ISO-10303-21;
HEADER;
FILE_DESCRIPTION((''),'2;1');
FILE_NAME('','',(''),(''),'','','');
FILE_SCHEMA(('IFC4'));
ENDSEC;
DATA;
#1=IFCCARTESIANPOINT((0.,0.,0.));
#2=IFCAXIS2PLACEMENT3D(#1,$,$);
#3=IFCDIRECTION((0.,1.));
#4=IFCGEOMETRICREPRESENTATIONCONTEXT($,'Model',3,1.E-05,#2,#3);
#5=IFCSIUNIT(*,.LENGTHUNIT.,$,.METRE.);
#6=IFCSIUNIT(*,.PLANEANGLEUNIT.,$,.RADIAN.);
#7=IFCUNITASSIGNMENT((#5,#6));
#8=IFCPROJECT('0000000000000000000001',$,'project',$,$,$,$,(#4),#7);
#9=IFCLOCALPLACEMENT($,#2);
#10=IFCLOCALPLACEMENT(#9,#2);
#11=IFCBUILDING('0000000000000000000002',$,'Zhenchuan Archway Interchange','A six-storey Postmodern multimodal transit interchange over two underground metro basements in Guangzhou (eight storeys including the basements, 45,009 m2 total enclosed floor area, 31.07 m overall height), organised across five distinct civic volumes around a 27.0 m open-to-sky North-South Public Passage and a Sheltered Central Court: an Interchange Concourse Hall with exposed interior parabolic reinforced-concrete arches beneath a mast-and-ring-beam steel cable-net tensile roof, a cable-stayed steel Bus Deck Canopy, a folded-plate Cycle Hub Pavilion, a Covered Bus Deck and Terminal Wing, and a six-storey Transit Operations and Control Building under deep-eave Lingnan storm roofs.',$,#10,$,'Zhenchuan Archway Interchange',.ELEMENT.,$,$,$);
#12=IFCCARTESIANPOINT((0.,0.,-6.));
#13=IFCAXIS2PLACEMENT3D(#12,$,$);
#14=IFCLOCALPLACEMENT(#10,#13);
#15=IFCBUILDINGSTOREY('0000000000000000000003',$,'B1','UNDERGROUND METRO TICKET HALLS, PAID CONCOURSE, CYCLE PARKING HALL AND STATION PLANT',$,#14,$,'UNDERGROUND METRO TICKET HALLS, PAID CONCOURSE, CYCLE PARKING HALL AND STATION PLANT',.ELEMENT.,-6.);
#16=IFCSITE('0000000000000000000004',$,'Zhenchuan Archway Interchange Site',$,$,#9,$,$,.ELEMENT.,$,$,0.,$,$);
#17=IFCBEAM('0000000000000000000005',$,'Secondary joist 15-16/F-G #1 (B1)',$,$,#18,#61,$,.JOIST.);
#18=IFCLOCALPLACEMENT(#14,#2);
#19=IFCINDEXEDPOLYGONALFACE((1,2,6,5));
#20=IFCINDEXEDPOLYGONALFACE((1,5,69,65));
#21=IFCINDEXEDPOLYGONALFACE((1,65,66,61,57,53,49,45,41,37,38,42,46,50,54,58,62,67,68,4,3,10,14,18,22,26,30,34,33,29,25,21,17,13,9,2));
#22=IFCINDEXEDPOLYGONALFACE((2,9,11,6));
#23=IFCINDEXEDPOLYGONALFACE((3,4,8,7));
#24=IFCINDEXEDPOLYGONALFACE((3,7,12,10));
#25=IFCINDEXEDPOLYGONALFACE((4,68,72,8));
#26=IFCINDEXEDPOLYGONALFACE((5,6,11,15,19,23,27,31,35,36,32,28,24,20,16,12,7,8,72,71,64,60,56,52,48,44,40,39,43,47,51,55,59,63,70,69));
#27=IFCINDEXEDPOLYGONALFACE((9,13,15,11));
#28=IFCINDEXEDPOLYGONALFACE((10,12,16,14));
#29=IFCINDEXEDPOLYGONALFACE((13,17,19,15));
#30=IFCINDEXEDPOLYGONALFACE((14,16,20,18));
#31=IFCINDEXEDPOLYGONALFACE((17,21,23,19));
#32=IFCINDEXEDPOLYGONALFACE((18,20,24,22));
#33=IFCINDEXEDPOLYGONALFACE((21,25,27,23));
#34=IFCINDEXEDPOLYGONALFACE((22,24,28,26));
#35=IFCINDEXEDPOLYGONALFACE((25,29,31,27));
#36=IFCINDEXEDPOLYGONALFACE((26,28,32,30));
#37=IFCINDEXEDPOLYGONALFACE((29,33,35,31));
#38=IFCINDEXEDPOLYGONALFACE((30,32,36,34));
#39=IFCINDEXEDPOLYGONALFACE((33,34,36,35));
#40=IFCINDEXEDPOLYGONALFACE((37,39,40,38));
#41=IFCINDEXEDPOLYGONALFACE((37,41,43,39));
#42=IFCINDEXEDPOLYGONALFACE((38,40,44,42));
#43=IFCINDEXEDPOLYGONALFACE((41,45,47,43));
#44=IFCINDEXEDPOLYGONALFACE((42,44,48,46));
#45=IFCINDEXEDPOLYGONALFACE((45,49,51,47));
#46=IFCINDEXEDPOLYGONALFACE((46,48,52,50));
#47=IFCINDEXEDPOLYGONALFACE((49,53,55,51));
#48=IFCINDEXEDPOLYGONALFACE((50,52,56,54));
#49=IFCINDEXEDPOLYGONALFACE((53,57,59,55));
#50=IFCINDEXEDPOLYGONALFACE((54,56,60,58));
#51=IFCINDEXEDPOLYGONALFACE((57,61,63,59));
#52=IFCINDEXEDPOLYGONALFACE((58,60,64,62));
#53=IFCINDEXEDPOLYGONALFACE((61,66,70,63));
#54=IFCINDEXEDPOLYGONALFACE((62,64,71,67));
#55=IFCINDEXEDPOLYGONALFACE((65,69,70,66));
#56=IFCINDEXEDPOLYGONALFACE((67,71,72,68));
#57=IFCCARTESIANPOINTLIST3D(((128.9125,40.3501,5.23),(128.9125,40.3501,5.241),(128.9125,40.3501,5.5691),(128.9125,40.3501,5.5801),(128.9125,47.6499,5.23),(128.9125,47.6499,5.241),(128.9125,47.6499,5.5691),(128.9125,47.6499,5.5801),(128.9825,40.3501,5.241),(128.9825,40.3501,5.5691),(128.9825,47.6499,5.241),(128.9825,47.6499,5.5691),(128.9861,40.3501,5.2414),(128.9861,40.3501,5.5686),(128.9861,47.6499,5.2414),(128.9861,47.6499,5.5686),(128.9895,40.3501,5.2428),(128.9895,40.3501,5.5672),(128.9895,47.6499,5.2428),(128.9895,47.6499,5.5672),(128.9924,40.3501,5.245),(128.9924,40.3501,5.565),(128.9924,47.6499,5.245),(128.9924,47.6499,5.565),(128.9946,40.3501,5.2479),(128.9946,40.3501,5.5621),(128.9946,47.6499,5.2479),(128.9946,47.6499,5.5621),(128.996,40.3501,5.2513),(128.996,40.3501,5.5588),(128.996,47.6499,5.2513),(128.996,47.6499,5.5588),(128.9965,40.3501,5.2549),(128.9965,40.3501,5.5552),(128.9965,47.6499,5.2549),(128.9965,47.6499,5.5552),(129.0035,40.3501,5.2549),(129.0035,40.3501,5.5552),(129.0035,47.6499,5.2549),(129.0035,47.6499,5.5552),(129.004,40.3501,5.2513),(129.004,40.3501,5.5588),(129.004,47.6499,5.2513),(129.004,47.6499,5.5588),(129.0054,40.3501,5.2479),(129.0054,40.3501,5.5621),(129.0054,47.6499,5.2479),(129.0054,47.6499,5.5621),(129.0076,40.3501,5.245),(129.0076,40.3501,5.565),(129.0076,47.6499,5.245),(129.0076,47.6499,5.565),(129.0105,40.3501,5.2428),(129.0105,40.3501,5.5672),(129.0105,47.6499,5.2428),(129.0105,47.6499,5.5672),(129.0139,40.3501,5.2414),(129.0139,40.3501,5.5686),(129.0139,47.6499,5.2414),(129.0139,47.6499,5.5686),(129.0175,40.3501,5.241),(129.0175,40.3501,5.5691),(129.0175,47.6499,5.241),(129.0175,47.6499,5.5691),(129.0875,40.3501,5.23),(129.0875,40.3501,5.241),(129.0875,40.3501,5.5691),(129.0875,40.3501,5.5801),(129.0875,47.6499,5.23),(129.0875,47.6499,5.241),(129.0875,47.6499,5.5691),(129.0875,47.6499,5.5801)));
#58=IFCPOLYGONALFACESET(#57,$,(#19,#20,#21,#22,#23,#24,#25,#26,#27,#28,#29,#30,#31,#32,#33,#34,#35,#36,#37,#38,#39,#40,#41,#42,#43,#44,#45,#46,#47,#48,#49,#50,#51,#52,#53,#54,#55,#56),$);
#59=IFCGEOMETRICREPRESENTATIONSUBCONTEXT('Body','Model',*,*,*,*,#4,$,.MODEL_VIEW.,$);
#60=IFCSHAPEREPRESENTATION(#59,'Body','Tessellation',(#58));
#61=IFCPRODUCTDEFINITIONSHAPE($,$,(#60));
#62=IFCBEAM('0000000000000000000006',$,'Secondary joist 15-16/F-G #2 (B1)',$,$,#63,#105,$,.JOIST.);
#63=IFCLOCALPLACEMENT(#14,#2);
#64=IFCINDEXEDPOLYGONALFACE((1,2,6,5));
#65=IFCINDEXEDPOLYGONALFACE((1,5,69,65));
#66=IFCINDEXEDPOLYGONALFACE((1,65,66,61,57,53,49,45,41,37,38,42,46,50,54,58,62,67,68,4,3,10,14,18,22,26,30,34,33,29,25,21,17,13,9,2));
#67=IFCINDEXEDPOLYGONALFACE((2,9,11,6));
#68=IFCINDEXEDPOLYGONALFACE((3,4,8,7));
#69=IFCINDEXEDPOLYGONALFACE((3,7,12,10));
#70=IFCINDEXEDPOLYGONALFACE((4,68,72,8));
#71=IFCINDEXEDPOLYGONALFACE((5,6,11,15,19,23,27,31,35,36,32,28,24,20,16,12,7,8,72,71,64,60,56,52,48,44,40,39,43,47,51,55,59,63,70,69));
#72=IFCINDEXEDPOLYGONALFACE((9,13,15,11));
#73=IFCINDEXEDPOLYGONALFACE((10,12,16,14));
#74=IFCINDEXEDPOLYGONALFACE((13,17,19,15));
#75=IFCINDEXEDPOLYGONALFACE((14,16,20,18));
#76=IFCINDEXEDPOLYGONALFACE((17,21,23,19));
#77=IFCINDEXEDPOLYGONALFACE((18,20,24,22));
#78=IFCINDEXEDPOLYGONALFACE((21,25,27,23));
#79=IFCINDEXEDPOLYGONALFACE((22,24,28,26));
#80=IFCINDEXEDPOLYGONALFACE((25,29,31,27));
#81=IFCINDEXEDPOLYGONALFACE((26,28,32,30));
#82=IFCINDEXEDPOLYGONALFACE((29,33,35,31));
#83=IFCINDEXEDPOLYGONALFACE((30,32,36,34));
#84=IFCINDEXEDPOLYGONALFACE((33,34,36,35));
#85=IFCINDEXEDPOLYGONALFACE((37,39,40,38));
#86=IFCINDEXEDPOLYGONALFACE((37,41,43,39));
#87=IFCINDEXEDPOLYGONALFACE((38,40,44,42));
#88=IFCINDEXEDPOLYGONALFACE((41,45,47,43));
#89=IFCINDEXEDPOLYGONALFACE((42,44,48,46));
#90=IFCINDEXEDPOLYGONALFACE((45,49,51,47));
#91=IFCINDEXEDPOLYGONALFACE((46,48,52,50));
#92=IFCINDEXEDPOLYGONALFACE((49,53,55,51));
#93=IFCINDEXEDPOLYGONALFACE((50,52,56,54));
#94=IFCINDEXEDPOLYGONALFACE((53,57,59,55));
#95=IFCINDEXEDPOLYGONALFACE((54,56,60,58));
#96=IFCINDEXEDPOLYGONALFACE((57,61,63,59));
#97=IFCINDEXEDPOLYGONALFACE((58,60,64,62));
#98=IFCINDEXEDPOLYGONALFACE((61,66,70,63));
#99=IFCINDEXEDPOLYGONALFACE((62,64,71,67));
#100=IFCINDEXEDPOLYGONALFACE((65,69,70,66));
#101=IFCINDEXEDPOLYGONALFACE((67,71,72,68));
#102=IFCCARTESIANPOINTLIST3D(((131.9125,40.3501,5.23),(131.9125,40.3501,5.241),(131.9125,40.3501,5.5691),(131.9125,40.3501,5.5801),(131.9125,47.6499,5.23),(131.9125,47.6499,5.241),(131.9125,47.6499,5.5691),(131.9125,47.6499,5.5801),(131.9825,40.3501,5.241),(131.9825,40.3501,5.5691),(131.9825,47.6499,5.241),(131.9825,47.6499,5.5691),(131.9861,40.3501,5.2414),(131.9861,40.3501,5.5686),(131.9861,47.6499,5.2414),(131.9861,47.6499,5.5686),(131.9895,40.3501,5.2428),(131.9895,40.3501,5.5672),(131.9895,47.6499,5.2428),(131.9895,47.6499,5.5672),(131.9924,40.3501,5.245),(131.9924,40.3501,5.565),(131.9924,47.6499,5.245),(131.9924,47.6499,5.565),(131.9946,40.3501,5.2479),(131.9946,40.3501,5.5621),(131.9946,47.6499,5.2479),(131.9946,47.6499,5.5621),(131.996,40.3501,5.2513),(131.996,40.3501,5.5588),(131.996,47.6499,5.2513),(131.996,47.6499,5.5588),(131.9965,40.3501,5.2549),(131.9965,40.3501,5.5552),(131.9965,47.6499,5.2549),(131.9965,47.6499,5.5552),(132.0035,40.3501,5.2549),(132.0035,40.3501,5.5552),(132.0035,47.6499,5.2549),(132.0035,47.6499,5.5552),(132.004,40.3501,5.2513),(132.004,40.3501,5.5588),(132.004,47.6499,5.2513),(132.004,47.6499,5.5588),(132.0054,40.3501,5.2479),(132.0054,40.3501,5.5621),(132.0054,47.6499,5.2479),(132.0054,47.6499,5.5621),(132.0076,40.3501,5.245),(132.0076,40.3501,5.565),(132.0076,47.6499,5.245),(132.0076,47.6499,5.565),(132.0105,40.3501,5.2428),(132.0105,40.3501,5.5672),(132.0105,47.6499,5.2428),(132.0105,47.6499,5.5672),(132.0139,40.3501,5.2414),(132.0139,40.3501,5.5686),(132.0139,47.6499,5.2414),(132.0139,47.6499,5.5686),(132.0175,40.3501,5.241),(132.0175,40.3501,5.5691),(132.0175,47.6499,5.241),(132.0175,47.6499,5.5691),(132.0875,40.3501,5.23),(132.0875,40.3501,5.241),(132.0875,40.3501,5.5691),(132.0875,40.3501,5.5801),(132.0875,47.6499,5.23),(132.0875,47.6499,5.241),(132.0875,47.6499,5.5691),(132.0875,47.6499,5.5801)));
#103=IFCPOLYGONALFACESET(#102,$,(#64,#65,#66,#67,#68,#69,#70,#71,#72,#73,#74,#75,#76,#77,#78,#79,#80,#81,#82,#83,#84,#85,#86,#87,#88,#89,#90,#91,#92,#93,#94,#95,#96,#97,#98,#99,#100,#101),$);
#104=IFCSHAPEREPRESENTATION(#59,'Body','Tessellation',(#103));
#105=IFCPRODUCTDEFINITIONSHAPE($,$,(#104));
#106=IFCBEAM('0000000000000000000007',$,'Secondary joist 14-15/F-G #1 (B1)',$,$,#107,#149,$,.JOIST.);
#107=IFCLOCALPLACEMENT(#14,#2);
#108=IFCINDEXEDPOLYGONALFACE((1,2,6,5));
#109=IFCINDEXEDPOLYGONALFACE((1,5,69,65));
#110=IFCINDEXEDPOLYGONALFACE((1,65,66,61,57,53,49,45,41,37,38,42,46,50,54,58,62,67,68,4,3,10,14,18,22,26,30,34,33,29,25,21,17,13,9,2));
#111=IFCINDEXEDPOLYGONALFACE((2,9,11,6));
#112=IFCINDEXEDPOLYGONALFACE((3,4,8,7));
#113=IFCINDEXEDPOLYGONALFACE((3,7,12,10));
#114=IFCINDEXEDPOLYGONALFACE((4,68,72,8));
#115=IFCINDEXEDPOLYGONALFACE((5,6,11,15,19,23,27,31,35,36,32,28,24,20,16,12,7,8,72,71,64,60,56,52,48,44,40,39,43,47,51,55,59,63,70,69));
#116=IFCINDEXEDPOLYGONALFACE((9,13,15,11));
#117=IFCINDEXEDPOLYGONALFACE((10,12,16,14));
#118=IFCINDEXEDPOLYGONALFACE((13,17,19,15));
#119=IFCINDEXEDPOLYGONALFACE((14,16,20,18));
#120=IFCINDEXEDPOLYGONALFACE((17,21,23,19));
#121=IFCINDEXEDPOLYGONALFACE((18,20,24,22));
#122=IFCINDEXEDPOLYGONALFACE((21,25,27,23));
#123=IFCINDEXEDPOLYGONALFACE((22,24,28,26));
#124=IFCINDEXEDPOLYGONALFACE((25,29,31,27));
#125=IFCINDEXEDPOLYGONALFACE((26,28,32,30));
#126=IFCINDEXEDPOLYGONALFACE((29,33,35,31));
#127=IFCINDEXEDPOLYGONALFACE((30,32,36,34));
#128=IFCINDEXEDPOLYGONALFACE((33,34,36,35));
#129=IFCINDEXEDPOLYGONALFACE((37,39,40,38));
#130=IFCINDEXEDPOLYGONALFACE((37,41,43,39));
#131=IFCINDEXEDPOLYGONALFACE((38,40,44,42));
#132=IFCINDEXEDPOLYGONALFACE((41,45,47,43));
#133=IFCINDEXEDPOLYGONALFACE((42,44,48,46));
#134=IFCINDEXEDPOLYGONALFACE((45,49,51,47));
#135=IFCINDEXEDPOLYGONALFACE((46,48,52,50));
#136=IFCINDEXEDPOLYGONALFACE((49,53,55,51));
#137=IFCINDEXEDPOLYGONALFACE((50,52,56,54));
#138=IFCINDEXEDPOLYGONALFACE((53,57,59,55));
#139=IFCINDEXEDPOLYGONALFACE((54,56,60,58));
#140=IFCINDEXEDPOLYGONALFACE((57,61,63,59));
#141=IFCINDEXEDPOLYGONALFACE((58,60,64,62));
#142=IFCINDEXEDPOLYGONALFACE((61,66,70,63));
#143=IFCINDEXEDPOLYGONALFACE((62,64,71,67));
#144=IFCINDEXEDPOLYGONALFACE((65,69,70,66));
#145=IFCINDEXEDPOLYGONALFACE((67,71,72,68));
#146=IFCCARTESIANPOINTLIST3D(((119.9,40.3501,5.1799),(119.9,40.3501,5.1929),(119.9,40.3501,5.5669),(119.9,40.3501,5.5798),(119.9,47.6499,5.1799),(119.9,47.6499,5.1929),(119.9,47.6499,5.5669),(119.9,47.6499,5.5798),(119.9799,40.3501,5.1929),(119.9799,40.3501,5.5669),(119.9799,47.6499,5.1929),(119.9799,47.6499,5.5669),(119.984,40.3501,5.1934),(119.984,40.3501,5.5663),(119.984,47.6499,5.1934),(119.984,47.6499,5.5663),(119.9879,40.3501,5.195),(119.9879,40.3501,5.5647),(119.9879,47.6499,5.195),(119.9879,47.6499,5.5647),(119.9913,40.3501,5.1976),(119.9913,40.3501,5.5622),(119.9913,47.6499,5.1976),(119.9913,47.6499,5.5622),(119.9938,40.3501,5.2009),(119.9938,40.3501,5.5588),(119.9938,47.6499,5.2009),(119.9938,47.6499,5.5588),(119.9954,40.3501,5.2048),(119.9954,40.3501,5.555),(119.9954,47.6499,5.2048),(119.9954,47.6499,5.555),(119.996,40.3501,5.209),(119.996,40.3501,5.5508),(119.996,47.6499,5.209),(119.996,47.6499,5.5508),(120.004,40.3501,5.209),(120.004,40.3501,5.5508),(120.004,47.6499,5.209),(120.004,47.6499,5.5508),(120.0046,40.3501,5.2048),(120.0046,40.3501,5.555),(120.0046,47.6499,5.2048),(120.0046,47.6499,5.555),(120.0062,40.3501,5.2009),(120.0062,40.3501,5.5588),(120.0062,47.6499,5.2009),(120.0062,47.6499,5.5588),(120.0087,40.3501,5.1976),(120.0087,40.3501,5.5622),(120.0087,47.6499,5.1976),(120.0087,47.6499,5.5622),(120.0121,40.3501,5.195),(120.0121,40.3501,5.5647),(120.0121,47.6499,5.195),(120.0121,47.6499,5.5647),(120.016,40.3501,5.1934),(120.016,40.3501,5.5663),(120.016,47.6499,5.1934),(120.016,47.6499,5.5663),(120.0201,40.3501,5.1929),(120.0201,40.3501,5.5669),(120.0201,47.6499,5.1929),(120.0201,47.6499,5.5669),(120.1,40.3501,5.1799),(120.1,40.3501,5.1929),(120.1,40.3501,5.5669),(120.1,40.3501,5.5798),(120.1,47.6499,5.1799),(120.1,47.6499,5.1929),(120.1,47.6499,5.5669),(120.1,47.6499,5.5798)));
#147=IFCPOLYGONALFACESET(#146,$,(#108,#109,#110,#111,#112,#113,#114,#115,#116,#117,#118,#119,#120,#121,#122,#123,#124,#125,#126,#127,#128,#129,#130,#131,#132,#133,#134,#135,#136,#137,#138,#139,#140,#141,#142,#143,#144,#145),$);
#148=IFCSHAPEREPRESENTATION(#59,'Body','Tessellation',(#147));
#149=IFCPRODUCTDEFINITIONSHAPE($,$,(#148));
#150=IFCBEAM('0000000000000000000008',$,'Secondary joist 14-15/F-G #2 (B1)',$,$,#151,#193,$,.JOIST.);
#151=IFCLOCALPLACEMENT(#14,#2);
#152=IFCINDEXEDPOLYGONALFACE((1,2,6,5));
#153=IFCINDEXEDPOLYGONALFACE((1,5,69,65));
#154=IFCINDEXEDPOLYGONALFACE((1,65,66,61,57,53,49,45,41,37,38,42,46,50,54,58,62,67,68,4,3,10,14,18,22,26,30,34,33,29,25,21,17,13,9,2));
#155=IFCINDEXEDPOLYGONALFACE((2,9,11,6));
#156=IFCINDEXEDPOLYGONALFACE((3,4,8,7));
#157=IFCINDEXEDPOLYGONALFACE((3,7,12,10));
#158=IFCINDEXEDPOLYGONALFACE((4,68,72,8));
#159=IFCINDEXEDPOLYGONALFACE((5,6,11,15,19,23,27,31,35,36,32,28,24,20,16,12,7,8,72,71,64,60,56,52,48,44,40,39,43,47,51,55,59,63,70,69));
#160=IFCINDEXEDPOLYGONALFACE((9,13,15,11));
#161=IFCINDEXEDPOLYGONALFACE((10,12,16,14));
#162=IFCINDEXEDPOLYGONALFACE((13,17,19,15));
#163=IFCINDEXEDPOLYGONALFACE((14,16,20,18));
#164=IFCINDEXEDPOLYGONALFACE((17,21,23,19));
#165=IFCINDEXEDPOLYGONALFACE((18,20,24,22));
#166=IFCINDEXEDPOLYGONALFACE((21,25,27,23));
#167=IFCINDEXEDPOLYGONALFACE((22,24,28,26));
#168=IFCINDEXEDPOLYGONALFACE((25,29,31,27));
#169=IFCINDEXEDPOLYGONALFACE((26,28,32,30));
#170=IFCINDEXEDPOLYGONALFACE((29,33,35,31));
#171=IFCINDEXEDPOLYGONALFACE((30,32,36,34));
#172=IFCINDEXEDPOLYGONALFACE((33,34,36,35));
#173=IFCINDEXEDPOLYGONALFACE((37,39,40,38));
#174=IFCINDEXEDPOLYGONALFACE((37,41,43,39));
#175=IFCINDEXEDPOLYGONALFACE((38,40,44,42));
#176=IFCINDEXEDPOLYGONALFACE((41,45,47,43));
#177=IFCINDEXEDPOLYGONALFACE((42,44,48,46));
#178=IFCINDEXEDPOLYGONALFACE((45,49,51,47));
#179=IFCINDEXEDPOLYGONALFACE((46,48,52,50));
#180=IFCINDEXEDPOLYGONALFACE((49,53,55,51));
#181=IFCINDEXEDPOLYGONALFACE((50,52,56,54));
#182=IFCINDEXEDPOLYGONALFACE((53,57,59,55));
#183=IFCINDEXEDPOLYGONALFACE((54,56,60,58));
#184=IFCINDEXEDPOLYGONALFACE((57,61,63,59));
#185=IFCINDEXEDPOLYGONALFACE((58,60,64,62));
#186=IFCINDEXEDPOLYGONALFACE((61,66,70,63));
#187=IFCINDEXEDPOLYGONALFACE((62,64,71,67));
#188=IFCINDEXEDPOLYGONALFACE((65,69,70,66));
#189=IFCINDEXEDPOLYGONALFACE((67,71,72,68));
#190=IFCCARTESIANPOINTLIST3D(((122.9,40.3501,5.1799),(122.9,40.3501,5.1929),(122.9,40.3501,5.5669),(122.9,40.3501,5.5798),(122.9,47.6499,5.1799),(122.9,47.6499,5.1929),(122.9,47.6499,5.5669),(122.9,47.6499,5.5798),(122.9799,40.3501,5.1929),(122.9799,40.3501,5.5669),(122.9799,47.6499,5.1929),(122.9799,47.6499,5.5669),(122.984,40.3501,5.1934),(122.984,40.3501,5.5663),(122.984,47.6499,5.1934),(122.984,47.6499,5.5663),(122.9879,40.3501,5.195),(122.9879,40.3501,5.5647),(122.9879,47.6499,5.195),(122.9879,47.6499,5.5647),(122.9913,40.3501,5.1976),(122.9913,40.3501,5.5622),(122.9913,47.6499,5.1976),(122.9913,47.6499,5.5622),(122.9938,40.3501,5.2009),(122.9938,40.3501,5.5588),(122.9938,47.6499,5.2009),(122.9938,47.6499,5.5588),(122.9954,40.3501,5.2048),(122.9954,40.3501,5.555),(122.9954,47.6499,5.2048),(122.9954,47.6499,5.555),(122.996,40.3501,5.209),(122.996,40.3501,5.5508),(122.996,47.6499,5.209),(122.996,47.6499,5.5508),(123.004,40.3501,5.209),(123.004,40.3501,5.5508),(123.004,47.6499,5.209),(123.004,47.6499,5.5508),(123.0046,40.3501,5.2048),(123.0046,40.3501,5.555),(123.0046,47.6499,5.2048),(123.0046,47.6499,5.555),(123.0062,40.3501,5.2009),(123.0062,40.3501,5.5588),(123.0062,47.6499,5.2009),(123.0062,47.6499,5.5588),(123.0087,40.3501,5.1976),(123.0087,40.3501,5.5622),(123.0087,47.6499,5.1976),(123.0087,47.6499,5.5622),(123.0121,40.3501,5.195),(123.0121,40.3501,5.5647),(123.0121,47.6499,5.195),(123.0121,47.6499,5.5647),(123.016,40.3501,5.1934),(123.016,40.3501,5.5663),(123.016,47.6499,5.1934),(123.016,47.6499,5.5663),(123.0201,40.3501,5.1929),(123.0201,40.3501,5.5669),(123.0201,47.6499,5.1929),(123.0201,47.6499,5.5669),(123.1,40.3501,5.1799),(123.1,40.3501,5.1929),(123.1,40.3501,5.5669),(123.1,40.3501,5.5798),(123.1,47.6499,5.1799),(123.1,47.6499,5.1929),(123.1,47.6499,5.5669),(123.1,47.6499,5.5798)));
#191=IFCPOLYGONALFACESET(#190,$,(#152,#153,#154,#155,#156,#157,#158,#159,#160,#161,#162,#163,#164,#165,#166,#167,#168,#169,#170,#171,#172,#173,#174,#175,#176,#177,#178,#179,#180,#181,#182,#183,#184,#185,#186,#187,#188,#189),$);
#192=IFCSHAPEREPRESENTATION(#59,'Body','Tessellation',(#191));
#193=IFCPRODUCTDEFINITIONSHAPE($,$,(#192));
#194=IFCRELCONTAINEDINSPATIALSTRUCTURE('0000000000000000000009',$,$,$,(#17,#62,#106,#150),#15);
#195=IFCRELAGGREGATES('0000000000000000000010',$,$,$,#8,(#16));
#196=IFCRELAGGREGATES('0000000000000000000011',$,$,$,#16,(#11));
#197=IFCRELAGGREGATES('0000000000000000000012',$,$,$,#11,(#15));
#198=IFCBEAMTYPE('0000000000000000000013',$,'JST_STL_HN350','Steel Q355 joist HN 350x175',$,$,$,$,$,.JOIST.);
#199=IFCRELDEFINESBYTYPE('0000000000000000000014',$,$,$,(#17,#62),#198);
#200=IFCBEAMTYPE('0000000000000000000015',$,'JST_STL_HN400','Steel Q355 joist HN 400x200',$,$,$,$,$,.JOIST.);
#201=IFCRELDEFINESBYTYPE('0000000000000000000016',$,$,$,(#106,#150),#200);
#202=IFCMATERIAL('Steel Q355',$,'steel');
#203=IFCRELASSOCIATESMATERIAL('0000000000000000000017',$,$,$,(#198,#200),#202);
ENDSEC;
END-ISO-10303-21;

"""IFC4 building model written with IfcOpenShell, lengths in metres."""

from ifc_helpers import new_model, si_unit, direction, frame, origin, origin_2d, place, context, subcontext, project, spatial, i_section, extrude, material, material_profile, profile_set, type_object, element, save


model = new_model("IFC4")

# Units and contexts
model_context = context("Model", 3, precision=1e-05, world=origin(), true_north=direction((0.0, 1.0)))
body_context = subcontext(model_context, "Body", "Model", "MODEL_VIEW")
ifc_project = project(units=[si_unit("LENGTHUNIT", "METRE"), si_unit("PLANEANGLEUNIT", "RADIAN")], contexts=[model_context])

# Site, building, storey
site_placement = place(None, origin())
site = spatial("IfcSite", under=ifc_project, at=site_placement, Name="Zhenchuan Archway Interchange Site", CompositionType="ELEMENT", RefElevation=0.0)
building_placement = place(site_placement, origin())
building = spatial("IfcBuilding", under=site, at=building_placement, Name="Zhenchuan Archway Interchange", Description="A six-storey Postmodern multimodal transit interchange over two underground metro basements in Guangzhou (eight storeys including the basements, 45,009 m2 total enclosed floor area, 31.07 m overall height), organised across five distinct civic volumes around a 27.0 m open-to-sky North-South Public Passage and a Sheltered Central Court: an Interchange Concourse Hall with exposed interior parabolic reinforced-concrete arches beneath a mast-and-ring-beam steel cable-net tensile roof, a cable-stayed steel Bus Deck Canopy, a folded-plate Cycle Hub Pavilion, a Covered Bus Deck and Terminal Wing, and a six-storey Transit Operations and Control Building under deep-eave Lingnan storm roofs.", LongName="Zhenchuan Archway Interchange", CompositionType="ELEMENT")
storey_placement = place(building_placement, frame((0.0, 0.0, -6.0)))
storey = spatial("IfcBuildingStorey", under=building, at=storey_placement, Name="B1", Description="UNDERGROUND METRO TICKET HALLS, PAID CONCOURSE, CYCLE PARKING HALL AND STATION PLANT", LongName="UNDERGROUND METRO TICKET HALLS, PAID CONCOURSE, CYCLE PARKING HALL AND STATION PLANT", CompositionType="ELEMENT", Elevation=-6.0)

# Beams
ifc_material_1 = material(Name="Steel Q355", Category="steel")
ifc_material_profile_1 = material_profile(ifc_material_1, i_section(OverallWidth=0.175, OverallDepth=0.3501, WebThickness=0.0071, FlangeThickness=0.011, FilletRadius=0.0139, at=origin_2d()), Name="HN 350x175")
ifc_profile_set_1 = profile_set([ifc_material_profile_1], Name="Steel Q355")
beam_type_1 = type_object("IfcBeamType", Name="JST_STL_HN350", Description="Steel Q355 joist HN 350x175", PredefinedType="JOIST", material=ifc_profile_set_1)
for number, where, z_axis, x_axis, name in (
    (1, (129.0, 40.3501, 5.405), (0.0, 1.0, 0.0), (-1.0, 0.0, 0.0), "Secondary joist 15-16/F-G #1 (B1)"),
    (2, (132.0, 40.3501, 5.405), (0.0, 1.0, 0.0), (-1.0, 0.0, 0.0), "Secondary joist 15-16/F-G #2 (B1)"),
):
    element("IfcBeam", number, at=place(storey_placement, frame(where, z_axis=z_axis, x_axis=x_axis)), inside=storey, type_object=beam_type_1, Name=name, PredefinedType="JOIST", context=body_context, shape_type="SweptSolid", body=[
        extrude(i_section(OverallWidth=0.175, OverallDepth=0.3501, WebThickness=0.0071, FlangeThickness=0.011, FilletRadius=0.0139, at=origin_2d()), origin(), (0.0, 0.0, 1.0), 7.2998),
    ])
ifc_material_profile_2 = material_profile(ifc_material_1, i_section(OverallWidth=0.2, OverallDepth=0.3999, WebThickness=0.0081, FlangeThickness=0.0129, FilletRadius=0.0161, at=origin_2d()), Name="HN 400x200")
ifc_profile_set_2 = profile_set([ifc_material_profile_2], Name="Steel Q355")
beam_type_2 = type_object("IfcBeamType", Name="JST_STL_HN400", Description="Steel Q355 joist HN 400x200", PredefinedType="JOIST", material=ifc_profile_set_2)
for number, where, z_axis, x_axis, name in (
    (3, (120.0, 40.3501, 5.3799), (0.0, 1.0, 0.0), (-1.0, 0.0, 0.0), "Secondary joist 14-15/F-G #1 (B1)"),
    (4, (123.0, 40.3501, 5.3799), (0.0, 1.0, 0.0), (-1.0, 0.0, 0.0), "Secondary joist 14-15/F-G #2 (B1)"),
):
    element("IfcBeam", number, at=place(storey_placement, frame(where, z_axis=z_axis, x_axis=x_axis)), inside=storey, type_object=beam_type_2, Name=name, PredefinedType="JOIST", context=body_context, shape_type="SweptSolid", body=[
        extrude(i_section(OverallWidth=0.2, OverallDepth=0.3999, WebThickness=0.0081, FlangeThickness=0.0129, FilletRadius=0.0161, at=origin_2d()), origin(), (0.0, 0.0, 1.0), 7.2998),
    ])

save(model, "model.ifc")
